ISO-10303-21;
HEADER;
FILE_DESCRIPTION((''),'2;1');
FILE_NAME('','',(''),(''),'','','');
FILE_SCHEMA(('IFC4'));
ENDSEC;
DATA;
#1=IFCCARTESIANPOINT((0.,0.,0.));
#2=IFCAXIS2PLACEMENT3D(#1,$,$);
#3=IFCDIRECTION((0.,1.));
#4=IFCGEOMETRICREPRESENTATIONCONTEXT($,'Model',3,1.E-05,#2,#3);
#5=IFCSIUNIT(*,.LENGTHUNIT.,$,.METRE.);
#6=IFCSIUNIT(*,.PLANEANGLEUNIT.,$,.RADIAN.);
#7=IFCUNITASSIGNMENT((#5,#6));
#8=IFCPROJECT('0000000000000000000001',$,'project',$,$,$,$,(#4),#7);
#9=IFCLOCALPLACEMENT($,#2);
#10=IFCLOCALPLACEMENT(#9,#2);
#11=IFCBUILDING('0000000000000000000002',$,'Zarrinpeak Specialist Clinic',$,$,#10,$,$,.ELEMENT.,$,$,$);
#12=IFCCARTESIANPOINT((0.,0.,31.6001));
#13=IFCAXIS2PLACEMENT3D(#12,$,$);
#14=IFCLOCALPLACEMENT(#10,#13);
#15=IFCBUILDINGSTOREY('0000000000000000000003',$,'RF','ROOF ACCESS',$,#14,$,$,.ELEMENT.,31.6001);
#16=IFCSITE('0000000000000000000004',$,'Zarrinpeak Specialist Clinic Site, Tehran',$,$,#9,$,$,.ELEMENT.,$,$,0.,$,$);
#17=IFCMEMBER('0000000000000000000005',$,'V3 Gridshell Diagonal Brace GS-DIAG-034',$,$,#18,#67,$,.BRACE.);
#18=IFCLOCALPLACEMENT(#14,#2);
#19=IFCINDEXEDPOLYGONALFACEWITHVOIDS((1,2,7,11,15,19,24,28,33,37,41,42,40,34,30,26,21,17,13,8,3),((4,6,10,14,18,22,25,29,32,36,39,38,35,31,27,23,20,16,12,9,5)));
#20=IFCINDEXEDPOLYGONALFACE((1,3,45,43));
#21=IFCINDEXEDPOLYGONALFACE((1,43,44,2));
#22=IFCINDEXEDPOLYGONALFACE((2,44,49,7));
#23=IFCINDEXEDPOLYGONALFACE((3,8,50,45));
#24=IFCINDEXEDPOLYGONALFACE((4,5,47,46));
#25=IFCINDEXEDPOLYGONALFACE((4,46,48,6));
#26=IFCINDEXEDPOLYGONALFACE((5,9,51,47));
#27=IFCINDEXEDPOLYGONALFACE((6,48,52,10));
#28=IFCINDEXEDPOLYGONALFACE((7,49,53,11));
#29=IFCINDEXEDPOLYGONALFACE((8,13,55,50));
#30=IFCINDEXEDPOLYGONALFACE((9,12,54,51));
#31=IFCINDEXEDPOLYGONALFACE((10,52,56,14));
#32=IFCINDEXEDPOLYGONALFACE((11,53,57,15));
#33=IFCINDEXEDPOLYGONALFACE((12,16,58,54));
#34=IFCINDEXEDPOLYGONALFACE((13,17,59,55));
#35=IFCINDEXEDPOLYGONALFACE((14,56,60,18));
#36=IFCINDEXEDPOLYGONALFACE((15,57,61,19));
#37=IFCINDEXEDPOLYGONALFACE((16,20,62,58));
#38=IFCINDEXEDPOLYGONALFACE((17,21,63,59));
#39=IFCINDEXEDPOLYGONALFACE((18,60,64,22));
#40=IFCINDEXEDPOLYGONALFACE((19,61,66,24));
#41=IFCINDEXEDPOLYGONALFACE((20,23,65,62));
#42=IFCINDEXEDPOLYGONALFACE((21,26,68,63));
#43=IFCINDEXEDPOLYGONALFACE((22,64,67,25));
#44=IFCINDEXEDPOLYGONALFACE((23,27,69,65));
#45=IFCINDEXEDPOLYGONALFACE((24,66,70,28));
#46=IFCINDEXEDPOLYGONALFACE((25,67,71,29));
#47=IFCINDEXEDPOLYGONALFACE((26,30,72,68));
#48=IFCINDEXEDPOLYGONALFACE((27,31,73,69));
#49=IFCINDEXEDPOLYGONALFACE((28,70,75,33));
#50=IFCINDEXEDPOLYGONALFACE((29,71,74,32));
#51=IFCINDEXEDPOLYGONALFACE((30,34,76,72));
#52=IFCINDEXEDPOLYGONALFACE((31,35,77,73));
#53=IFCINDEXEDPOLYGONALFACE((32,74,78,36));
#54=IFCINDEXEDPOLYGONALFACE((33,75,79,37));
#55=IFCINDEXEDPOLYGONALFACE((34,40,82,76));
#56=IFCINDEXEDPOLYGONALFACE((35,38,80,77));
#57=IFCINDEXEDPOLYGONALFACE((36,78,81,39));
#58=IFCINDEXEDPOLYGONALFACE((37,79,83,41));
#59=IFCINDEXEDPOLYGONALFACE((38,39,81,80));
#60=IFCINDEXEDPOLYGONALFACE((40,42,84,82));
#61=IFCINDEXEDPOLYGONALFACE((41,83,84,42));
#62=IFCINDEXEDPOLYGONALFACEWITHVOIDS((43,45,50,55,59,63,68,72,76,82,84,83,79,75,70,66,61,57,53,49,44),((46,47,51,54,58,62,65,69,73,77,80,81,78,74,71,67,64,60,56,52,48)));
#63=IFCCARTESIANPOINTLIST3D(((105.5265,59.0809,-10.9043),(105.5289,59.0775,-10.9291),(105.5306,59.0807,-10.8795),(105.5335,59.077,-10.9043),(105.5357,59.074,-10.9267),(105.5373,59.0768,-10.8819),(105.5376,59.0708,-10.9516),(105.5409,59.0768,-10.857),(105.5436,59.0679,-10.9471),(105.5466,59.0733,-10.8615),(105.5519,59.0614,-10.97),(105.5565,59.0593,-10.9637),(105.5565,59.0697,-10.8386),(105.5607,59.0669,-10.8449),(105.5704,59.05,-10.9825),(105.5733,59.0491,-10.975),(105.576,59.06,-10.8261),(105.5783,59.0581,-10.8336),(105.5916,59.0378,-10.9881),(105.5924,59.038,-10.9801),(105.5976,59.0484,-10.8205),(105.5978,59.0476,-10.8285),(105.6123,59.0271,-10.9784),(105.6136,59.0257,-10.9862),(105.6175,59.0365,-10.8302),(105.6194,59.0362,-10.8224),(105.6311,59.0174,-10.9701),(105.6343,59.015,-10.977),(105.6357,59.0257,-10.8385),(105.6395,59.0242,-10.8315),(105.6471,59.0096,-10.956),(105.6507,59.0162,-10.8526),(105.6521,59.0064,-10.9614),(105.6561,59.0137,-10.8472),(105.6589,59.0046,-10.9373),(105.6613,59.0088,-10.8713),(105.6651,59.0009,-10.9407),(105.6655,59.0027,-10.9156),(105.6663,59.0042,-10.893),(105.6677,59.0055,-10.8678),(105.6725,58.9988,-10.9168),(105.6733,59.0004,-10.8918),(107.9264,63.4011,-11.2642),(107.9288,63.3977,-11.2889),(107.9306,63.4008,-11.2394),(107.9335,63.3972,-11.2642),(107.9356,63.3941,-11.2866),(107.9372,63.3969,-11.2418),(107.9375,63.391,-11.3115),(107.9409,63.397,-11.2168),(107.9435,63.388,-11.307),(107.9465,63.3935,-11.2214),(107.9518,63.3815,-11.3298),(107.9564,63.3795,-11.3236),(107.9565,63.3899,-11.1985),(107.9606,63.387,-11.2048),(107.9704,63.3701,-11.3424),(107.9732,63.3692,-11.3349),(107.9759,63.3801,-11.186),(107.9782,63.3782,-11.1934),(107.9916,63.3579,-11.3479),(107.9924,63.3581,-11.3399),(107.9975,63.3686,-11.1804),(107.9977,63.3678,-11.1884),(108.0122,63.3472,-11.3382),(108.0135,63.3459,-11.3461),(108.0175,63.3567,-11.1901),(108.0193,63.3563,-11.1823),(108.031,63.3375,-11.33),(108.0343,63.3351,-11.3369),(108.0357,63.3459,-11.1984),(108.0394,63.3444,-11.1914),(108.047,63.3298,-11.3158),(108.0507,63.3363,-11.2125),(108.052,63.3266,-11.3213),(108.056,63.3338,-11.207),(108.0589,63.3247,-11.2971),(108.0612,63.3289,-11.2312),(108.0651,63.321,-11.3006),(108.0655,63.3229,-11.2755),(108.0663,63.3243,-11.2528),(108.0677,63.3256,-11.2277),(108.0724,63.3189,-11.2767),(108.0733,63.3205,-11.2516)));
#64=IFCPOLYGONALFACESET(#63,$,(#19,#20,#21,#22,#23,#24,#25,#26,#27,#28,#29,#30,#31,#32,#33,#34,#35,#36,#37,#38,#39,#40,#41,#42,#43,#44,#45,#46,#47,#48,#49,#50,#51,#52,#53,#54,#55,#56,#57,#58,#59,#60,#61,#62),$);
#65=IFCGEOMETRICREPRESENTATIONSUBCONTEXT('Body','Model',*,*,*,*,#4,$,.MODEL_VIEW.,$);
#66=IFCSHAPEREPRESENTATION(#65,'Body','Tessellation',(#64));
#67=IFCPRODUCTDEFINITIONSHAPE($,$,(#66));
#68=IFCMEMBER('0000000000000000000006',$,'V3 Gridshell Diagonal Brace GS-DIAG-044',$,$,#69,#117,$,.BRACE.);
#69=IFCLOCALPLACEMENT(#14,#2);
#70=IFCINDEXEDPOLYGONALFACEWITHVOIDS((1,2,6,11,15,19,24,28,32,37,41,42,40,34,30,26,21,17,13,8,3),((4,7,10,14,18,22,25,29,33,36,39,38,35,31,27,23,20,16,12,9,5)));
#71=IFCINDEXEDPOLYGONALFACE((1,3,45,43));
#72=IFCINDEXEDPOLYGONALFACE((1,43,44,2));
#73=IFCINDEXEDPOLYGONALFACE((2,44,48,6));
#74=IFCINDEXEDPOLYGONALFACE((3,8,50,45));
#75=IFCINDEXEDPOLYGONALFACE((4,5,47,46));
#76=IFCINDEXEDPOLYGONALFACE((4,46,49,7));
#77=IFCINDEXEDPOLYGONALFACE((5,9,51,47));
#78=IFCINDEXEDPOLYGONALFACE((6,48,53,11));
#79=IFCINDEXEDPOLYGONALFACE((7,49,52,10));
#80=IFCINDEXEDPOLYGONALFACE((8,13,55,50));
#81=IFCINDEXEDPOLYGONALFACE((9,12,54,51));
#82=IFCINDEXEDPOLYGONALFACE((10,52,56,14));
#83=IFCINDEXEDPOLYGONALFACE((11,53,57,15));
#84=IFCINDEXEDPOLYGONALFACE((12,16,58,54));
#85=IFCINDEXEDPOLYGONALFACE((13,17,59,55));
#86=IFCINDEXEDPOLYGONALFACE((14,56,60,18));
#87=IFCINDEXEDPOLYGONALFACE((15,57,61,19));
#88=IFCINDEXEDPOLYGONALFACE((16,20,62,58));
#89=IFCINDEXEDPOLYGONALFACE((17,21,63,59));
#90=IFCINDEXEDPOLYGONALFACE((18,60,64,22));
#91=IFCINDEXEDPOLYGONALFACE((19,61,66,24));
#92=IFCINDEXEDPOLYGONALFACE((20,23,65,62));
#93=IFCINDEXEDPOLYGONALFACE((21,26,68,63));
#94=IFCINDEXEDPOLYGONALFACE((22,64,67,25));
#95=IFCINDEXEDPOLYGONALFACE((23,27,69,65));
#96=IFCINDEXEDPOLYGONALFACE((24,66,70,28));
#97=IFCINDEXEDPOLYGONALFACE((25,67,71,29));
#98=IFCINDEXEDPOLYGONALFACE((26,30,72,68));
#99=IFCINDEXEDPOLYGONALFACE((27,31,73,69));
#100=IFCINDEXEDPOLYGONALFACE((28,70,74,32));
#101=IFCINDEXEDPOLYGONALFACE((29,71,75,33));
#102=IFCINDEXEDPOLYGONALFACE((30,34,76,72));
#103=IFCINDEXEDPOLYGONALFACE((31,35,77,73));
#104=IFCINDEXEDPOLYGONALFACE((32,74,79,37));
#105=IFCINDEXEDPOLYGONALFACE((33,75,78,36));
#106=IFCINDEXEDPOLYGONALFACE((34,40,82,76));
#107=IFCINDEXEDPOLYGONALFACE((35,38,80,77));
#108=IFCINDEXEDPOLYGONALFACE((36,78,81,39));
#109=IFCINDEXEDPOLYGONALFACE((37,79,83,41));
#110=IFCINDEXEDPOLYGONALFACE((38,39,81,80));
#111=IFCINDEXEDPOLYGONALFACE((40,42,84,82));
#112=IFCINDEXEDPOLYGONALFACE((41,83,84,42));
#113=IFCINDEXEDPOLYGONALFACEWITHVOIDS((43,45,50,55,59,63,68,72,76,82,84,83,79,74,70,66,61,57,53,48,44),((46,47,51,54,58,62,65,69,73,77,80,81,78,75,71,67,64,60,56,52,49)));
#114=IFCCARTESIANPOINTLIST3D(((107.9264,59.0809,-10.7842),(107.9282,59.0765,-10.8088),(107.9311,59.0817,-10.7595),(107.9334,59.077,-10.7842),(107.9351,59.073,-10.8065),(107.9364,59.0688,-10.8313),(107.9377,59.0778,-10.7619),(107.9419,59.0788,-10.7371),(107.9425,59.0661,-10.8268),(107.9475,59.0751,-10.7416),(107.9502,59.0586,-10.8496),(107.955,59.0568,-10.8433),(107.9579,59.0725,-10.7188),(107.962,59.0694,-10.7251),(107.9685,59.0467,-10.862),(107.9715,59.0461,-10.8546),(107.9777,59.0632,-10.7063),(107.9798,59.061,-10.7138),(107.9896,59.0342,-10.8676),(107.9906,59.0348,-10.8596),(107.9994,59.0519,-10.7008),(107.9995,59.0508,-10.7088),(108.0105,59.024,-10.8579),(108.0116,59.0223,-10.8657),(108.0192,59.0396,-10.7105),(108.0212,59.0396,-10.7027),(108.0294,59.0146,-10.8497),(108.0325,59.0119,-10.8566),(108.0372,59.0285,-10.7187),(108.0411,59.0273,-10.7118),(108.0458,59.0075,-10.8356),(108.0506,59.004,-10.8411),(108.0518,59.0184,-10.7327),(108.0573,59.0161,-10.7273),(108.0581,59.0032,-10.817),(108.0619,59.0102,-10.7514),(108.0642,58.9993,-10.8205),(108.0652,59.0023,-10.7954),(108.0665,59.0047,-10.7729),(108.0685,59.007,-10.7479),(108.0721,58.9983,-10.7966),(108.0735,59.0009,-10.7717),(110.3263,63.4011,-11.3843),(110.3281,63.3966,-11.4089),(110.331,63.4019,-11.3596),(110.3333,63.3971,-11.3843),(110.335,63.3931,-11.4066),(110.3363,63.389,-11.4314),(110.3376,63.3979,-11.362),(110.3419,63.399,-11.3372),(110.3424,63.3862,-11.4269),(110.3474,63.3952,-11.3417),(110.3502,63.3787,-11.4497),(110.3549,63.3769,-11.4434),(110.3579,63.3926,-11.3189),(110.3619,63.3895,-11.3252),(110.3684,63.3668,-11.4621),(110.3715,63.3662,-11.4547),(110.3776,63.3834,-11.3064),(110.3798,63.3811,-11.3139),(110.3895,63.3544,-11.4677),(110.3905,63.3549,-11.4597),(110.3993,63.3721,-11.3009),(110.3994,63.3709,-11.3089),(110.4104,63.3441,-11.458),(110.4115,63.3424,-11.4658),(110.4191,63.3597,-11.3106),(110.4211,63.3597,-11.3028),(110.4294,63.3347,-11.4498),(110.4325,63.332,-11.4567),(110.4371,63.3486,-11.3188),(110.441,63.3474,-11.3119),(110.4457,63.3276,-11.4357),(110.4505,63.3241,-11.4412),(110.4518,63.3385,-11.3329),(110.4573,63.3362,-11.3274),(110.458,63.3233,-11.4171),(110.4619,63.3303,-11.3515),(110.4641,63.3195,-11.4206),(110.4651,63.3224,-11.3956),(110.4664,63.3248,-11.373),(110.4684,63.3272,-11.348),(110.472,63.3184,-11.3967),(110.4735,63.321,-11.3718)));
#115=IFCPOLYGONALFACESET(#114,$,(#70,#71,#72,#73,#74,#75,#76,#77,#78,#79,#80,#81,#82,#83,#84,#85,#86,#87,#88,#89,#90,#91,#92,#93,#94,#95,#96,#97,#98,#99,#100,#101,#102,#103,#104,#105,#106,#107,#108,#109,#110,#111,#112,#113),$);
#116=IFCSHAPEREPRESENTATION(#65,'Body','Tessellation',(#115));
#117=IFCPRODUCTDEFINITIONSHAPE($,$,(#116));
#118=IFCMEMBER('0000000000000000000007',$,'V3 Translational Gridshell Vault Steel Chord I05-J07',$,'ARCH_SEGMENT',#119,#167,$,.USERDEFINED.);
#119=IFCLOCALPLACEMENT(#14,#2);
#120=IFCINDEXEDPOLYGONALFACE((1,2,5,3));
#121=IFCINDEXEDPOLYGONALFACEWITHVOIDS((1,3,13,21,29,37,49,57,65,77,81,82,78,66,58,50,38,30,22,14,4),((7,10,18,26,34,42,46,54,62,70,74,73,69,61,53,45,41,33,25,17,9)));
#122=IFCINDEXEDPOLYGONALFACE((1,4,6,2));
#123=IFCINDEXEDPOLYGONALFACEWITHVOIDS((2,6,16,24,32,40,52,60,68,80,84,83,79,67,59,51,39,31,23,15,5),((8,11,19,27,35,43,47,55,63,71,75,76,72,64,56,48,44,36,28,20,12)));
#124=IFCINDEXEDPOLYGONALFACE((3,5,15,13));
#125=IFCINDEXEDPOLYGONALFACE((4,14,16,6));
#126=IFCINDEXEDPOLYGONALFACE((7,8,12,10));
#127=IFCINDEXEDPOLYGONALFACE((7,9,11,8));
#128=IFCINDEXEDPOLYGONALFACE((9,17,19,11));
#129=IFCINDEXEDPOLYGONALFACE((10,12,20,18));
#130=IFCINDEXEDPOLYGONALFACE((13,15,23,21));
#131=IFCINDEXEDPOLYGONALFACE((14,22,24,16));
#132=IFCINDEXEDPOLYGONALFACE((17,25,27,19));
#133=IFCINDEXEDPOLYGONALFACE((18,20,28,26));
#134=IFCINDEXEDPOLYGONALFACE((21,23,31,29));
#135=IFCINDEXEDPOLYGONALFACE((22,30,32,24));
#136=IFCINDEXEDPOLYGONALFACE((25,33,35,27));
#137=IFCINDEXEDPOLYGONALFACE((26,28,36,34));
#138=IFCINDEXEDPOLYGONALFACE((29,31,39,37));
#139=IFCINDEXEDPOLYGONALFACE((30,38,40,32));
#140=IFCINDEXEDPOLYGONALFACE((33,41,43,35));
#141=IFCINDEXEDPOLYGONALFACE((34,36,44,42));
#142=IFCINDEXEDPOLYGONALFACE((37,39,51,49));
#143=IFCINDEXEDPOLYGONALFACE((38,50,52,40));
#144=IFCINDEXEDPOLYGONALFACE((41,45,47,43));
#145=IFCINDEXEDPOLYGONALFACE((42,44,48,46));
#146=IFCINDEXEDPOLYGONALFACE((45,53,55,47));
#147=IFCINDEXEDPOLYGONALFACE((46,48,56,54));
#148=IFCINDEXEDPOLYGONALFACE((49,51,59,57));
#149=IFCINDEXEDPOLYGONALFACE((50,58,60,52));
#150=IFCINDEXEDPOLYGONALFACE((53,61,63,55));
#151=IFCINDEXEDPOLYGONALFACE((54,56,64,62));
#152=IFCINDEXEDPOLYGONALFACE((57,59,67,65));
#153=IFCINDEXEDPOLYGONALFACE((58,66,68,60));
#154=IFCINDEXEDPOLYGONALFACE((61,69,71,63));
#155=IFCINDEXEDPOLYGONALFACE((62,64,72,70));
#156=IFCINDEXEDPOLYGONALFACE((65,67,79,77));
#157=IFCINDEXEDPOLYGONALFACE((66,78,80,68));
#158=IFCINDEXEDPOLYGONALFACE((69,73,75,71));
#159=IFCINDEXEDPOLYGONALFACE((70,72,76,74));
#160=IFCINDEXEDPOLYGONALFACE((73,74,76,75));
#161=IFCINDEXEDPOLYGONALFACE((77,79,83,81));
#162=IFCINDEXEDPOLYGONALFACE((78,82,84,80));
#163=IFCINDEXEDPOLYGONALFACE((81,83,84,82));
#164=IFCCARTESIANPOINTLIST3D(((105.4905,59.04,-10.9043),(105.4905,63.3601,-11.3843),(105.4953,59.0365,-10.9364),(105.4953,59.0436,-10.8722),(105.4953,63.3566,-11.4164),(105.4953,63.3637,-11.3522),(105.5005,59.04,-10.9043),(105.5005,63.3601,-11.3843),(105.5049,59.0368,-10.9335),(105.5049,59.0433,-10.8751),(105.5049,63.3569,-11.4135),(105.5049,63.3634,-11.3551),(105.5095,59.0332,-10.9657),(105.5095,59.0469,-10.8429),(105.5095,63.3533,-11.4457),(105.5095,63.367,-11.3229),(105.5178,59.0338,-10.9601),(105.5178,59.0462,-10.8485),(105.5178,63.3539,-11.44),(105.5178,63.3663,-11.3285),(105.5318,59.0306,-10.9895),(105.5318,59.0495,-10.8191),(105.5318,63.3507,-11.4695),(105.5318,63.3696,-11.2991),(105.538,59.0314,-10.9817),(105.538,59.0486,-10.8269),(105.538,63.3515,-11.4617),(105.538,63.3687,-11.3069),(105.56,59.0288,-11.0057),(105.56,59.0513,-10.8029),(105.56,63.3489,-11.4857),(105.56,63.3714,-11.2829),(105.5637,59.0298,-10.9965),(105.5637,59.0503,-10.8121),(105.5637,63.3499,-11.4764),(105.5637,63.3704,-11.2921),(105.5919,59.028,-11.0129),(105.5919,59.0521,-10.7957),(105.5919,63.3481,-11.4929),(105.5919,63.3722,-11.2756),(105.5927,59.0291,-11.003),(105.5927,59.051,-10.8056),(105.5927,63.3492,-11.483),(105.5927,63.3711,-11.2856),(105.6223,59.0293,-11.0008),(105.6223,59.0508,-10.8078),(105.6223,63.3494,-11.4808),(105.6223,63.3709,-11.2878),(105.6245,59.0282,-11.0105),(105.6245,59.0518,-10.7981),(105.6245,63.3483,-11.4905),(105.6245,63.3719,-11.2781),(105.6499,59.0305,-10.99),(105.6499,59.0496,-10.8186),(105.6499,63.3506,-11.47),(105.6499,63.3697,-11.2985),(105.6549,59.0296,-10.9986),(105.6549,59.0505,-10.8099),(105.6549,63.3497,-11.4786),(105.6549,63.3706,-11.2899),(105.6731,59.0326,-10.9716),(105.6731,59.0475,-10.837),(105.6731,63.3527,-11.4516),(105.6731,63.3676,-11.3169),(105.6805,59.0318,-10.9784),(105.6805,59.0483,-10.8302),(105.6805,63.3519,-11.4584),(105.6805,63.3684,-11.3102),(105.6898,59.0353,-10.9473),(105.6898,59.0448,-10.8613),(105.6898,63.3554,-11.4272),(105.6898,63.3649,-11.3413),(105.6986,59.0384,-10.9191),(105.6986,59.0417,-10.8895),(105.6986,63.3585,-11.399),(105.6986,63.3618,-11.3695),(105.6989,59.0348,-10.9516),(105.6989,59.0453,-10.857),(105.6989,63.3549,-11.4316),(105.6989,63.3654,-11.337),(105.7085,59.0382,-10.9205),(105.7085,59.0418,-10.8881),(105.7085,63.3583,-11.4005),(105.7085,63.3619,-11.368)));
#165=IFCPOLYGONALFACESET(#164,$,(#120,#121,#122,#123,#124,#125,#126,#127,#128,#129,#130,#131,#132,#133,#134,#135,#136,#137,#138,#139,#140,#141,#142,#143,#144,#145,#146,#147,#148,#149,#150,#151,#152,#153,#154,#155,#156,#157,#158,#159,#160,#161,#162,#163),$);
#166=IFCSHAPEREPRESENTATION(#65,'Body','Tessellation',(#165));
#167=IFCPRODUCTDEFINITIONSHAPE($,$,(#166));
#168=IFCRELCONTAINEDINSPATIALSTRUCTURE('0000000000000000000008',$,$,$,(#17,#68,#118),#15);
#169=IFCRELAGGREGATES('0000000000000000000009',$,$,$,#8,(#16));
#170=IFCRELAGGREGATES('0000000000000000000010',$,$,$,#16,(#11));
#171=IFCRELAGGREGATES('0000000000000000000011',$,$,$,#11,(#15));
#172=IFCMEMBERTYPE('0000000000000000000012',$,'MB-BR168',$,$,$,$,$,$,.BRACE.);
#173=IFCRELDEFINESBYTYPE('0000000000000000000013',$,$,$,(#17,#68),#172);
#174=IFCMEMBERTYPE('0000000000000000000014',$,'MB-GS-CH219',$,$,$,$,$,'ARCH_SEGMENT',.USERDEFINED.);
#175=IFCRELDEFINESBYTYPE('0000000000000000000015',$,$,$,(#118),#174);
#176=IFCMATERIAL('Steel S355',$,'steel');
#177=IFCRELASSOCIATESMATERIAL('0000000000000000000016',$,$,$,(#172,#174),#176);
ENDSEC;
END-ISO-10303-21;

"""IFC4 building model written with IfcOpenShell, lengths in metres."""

from ifc_helpers import new_model, si_unit, direction, frame, origin, origin_2d, place, context, subcontext, project, spatial, hollow_circle, extrude, material, material_profile, profile_set, type_object, element, save


model = new_model("IFC4")

# Units and contexts
model_context = context("Model", 3, precision=1e-05, world=origin(), true_north=direction((0.0, 1.0)))
body_context = subcontext(model_context, "Body", "Model", "MODEL_VIEW")
ifc_project = project(units=[si_unit("LENGTHUNIT", "METRE"), si_unit("PLANEANGLEUNIT", "RADIAN")], contexts=[model_context])

# Site, building, storey
site_placement = place(None, origin())
site = spatial("IfcSite", under=ifc_project, at=site_placement, Name="Zarrinpeak Specialist Clinic Site, Tehran", CompositionType="ELEMENT", RefElevation=0.0)
building_placement = place(site_placement, origin())
building = spatial("IfcBuilding", under=site, at=building_placement, Name="Zarrinpeak Specialist Clinic", CompositionType="ELEMENT")
storey_placement = place(building_placement, frame((0.0, 0.0, 31.6001)))
storey = spatial("IfcBuildingStorey", under=building, at=storey_placement, Name="RF", Description="ROOF ACCESS", CompositionType="ELEMENT", Elevation=31.6001)

# Members
ifc_material_1 = material(Name="Steel S355", Category="steel")
ifc_material_profile_1 = material_profile(ifc_material_1, hollow_circle(Radius=0.0842, WallThickness=0.0081, at=origin_2d()), Name="CHS 168.3x8.0")
ifc_profile_set_1 = profile_set([ifc_material_profile_1], Name="Steel S355")
member_type_1 = type_object("IfcMemberType", Name="MB-BR168", PredefinedType="BRACE", material=ifc_profile_set_1)
member_1_placement = place(storey_placement, frame((105.6001, 59.04, -10.9043), z_axis=(0.48434, 0.87186, -0.072626), x_axis=(-0.874169, 0.485622, 0.0)))
element("IfcMember", 1, at=member_1_placement, inside=storey, type_object=member_type_1, Name="V3 Gridshell Diagonal Brace GS-DIAG-034", PredefinedType="BRACE", context=body_context, shape_type="SweptSolid", body=[
    extrude(hollow_circle(Radius=0.0842, WallThickness=0.0081, at=origin_2d()), origin(), (0.0, 0.0, 1.0), 4.9551),
])
member_2_placement = place(storey_placement, frame((108.0, 59.04, -10.7842), z_axis=(0.482081, 0.867794, -0.120545), x_axis=(-0.874169, 0.485622, 0.0)))
element("IfcMember", 2, at=member_2_placement, inside=storey, type_object=member_type_1, Name="V3 Gridshell Diagonal Brace GS-DIAG-044", PredefinedType="BRACE", context=body_context, shape_type="SweptSolid", body=[
    extrude(hollow_circle(Radius=0.0842, WallThickness=0.0081, at=origin_2d()), origin(), (0.0, 0.0, 1.0), 4.9783),
])
ifc_material_profile_2 = material_profile(ifc_material_1, hollow_circle(Radius=0.1096, WallThickness=0.01, at=origin_2d()), Name="CHS 219.1x10.0")
ifc_profile_set_2 = profile_set([ifc_material_profile_2], Name="Steel S355")
member_type_2 = type_object("IfcMemberType", Name="MB-GS-CH219", ElementType="ARCH_SEGMENT", PredefinedType="USERDEFINED", material=ifc_profile_set_2)
member_3_placement = place(storey_placement, frame((105.6001, 59.04, -10.9043), z_axis=(0.0, 0.993884, -0.110425), x_axis=(-1.0, 0.0, 0.0)))
element("IfcMember", 3, at=member_3_placement, inside=storey, type_object=member_type_2, Name="V3 Translational Gridshell Vault Steel Chord I05-J07", ObjectType="ARCH_SEGMENT", PredefinedType="USERDEFINED", context=body_context, shape_type="SweptSolid", body=[
    extrude(hollow_circle(Radius=0.1096, WallThickness=0.01, at=origin_2d()), origin(), (0.0, 0.0, 1.0), 4.3467),
])

save(model, "model.ifc")
